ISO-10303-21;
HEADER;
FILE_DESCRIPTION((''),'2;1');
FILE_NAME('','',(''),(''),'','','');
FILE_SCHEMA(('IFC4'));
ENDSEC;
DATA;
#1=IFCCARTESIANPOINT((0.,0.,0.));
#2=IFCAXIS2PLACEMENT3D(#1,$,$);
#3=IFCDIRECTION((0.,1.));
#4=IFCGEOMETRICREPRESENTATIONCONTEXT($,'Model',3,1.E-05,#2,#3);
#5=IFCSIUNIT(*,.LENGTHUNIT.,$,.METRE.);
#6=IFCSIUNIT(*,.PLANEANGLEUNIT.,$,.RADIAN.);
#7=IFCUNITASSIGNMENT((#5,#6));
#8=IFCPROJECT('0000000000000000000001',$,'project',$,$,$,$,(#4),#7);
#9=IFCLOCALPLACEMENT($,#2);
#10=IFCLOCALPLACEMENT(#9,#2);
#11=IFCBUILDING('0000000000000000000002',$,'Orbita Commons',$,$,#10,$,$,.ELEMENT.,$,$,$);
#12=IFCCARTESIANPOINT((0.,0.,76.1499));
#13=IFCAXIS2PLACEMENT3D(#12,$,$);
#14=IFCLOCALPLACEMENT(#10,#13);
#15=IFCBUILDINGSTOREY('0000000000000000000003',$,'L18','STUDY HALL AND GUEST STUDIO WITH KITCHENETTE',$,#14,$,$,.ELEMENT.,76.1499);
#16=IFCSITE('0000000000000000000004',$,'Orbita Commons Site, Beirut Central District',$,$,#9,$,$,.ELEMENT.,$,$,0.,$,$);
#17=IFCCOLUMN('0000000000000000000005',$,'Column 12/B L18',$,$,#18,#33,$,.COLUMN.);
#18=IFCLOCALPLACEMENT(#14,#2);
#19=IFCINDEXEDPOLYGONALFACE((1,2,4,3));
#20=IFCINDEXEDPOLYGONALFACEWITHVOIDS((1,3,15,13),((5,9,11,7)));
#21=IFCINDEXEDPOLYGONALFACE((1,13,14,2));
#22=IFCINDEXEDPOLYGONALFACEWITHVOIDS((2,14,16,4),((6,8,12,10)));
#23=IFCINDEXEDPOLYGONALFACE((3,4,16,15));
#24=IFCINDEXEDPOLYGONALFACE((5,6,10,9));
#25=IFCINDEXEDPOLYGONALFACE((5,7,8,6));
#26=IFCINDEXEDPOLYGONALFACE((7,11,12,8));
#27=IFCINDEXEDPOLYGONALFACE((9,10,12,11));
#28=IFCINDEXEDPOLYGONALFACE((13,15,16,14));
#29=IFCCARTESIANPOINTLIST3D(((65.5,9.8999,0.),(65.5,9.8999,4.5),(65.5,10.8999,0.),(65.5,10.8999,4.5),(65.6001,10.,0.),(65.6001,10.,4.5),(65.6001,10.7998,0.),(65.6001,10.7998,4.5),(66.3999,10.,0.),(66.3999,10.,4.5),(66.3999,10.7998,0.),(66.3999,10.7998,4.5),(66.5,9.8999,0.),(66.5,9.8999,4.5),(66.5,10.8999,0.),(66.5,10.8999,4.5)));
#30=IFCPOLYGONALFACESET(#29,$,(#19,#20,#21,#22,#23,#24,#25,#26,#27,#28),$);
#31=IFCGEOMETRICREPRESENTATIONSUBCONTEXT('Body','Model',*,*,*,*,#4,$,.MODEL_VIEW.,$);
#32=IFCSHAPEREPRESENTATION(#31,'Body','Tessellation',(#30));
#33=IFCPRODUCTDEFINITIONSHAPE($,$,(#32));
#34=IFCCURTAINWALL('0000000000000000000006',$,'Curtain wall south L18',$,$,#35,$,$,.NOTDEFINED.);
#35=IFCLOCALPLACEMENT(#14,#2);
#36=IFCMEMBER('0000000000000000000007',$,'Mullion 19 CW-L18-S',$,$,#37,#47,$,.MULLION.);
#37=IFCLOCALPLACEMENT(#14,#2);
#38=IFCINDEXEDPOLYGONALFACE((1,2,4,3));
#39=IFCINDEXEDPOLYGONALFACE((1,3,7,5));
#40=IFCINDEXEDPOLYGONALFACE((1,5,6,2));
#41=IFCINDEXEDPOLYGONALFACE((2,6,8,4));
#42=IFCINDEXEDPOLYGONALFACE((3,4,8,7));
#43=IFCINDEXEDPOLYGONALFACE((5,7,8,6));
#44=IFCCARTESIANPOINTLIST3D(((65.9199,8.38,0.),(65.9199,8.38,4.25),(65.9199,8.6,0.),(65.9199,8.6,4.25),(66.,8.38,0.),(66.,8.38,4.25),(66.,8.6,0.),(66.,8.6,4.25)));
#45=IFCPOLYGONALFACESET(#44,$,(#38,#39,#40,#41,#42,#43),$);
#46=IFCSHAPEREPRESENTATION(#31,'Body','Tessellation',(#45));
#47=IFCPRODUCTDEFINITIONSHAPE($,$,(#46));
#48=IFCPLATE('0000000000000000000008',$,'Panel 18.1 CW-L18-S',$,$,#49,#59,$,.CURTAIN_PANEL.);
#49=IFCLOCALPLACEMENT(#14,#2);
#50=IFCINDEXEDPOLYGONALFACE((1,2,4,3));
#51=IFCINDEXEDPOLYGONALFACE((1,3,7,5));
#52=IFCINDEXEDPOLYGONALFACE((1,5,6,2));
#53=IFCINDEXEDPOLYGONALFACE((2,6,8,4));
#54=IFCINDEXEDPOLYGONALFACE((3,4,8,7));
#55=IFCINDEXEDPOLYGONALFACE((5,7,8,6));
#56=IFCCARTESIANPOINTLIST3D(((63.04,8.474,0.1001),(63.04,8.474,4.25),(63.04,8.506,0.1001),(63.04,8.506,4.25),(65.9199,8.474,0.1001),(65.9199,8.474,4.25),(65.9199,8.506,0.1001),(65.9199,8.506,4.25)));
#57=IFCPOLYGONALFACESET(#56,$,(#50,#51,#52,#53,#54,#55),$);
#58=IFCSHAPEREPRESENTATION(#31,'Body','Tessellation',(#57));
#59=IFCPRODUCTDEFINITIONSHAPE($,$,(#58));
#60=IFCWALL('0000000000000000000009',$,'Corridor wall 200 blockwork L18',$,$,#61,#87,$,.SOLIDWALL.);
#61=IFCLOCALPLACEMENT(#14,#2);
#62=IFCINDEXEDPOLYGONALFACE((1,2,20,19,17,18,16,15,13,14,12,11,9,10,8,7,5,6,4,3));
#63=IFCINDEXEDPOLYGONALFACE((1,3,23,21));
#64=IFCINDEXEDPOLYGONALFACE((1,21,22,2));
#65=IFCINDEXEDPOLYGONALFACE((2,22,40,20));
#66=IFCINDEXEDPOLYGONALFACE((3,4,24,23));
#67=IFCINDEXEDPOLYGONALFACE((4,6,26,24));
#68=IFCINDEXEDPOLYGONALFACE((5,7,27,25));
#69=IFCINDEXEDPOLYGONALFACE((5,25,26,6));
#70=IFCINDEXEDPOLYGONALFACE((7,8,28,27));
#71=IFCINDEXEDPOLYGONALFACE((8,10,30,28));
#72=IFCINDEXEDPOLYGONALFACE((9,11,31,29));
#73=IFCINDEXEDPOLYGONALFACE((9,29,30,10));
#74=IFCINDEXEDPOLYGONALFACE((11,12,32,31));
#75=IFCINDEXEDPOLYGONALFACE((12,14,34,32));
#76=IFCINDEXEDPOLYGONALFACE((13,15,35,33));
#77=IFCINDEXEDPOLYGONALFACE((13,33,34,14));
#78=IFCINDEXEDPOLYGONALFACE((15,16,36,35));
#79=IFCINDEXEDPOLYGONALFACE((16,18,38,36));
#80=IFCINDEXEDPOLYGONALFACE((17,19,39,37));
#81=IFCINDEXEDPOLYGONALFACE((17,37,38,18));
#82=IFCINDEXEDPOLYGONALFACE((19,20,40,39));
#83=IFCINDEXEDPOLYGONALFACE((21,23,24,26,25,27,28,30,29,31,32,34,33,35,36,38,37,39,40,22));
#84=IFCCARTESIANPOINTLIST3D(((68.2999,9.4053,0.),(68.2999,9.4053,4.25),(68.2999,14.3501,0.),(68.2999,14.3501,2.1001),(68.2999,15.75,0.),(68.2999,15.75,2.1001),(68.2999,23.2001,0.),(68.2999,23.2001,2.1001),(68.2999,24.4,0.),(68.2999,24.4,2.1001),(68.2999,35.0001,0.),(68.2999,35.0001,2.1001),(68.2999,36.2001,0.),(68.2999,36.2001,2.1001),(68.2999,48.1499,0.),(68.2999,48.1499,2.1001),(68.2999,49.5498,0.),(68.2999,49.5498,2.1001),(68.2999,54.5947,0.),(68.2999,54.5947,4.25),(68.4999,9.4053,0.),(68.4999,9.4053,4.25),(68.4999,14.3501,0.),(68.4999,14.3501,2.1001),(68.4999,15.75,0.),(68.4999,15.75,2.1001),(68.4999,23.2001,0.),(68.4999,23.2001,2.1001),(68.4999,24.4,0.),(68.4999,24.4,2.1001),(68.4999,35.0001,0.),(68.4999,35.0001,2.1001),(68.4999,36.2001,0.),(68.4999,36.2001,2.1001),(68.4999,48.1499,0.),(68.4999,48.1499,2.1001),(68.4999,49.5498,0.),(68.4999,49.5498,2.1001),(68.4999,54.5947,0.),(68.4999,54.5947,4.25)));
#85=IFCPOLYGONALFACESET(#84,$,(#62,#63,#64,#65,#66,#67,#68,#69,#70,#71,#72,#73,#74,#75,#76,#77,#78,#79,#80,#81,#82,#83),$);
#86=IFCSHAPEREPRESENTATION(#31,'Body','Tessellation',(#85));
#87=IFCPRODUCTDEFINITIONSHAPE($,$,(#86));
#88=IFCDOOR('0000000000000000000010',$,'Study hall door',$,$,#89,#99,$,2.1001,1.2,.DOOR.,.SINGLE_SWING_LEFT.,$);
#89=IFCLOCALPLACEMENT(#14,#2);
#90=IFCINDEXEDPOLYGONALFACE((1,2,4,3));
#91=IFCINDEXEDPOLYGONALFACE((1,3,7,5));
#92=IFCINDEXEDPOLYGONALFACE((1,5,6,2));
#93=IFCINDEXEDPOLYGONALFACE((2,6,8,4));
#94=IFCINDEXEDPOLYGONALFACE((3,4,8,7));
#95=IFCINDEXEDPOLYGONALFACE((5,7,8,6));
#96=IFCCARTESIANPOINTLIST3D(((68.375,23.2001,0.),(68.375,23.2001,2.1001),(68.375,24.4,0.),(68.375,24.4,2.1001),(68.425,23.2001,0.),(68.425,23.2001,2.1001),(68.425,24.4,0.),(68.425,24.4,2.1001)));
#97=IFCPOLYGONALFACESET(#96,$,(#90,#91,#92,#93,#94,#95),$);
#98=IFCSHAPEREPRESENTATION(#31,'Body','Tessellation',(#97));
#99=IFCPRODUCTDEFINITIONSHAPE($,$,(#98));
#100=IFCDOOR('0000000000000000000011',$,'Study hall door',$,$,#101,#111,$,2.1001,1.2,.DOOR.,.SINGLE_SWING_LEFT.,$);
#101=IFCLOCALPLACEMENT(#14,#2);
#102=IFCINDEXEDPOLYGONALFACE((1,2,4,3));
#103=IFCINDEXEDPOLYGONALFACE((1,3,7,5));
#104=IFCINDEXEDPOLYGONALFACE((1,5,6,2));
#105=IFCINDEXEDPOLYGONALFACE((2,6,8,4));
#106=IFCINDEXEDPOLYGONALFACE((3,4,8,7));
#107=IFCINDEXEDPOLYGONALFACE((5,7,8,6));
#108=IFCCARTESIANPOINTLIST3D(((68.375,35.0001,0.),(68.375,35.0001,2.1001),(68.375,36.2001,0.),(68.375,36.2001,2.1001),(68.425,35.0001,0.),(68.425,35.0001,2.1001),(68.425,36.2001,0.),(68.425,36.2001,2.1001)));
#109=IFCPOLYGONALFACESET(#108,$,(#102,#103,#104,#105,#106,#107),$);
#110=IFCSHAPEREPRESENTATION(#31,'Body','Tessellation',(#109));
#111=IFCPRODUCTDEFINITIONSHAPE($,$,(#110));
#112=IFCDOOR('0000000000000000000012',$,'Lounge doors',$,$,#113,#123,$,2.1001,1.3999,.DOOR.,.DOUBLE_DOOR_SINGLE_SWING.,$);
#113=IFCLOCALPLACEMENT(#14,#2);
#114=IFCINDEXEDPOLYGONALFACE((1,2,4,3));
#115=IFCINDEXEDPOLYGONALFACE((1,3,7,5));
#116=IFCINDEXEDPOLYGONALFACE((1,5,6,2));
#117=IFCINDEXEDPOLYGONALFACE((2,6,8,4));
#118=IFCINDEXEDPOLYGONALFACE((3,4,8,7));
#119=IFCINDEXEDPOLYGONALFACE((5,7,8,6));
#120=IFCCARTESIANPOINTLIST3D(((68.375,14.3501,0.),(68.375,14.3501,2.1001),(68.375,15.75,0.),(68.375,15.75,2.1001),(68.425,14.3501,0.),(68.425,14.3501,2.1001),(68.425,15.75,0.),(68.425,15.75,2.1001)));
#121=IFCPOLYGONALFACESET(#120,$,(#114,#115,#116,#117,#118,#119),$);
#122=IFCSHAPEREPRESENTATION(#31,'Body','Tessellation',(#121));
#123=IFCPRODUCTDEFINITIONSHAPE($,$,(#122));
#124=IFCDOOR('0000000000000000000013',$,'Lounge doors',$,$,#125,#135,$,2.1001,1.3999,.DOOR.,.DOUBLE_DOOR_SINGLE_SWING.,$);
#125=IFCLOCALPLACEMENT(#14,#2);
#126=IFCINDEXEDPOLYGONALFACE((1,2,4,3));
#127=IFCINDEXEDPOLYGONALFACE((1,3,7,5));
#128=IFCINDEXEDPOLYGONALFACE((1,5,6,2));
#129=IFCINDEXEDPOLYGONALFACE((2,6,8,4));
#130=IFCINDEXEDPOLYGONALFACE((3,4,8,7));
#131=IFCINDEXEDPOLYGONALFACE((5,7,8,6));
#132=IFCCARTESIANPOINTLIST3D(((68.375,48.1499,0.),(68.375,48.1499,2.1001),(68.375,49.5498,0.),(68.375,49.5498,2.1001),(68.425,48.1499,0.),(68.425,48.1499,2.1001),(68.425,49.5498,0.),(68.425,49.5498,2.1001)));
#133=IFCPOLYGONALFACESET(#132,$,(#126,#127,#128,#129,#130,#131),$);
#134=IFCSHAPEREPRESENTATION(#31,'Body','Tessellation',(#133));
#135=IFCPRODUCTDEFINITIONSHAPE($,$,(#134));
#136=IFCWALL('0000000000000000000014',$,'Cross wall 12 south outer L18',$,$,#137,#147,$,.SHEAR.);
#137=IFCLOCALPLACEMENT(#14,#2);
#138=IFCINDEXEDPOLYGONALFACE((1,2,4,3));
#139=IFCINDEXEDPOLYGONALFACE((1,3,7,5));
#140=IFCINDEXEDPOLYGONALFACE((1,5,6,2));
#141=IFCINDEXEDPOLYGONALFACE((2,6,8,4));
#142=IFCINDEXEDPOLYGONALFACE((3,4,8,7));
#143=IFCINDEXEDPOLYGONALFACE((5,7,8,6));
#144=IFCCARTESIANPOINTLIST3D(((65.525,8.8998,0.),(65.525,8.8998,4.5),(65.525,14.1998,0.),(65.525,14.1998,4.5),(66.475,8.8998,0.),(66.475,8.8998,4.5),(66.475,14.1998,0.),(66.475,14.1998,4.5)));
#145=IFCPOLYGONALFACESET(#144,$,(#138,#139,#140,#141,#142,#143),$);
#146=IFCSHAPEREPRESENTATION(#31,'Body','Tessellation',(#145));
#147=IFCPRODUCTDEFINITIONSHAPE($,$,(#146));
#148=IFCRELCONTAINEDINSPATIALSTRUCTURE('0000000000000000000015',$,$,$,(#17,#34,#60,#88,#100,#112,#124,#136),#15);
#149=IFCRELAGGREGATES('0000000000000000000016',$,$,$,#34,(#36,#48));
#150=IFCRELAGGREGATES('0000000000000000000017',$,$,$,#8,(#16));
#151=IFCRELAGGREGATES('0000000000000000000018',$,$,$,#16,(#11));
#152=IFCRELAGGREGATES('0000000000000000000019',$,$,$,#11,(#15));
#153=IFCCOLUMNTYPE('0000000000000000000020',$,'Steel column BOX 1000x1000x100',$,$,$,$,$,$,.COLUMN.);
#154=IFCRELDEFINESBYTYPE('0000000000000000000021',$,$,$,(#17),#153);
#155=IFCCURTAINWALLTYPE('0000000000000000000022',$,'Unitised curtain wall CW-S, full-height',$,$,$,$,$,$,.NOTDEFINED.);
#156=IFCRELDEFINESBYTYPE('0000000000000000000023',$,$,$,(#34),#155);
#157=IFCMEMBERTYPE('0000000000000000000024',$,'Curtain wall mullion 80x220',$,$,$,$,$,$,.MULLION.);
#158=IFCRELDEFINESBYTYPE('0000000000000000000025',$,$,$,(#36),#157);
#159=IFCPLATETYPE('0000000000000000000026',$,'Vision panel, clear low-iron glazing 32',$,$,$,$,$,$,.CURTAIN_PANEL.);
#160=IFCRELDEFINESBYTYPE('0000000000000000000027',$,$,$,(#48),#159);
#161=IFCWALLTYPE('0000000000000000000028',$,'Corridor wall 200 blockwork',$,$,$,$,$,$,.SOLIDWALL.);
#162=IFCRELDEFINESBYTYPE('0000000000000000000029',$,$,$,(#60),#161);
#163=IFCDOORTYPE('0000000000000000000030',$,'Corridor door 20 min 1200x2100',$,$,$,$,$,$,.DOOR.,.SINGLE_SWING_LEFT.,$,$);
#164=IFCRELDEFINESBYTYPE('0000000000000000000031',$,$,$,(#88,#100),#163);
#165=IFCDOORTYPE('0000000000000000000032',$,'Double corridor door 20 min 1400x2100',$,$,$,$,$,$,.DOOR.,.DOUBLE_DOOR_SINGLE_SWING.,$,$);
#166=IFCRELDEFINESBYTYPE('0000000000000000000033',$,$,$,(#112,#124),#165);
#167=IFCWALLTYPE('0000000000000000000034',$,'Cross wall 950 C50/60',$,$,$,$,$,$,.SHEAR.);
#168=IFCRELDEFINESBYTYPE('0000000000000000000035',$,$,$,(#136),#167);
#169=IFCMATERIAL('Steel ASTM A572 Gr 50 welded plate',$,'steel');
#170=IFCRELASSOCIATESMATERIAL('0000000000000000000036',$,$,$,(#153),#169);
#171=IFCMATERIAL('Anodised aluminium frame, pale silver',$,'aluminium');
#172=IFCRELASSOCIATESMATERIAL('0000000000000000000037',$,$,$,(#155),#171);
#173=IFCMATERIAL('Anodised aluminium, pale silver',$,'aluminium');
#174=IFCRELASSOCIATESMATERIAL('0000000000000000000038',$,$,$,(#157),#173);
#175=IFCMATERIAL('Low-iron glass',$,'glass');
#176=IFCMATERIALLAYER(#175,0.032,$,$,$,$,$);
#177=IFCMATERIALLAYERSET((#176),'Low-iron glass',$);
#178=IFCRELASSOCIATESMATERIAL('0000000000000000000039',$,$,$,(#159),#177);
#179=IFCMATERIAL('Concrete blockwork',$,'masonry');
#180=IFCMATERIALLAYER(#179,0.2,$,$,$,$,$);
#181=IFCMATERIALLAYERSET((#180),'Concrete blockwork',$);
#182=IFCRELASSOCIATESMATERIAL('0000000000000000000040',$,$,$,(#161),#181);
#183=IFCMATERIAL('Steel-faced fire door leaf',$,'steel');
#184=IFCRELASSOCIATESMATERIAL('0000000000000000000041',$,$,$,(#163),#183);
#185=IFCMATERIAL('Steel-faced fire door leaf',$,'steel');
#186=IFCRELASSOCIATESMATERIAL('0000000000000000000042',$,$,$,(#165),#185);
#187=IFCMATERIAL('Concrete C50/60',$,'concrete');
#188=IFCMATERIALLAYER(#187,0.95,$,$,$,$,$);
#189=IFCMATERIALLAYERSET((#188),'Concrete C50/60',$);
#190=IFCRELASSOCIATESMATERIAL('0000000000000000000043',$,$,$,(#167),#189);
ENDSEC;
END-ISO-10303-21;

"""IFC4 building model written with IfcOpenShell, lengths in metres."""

from ifc_helpers import new_model, si_unit, direction, frame, frame_2d, origin, origin_2d, place, context, subcontext, project, spatial, rectangle, hollow_rectangle, extrude, material, layer, layer_set, material_profile, profile_set, type_object, element, fill, aggregate, save


model = new_model("IFC4")

# Units and contexts
model_context = context("Model", 3, precision=1e-05, world=origin(), true_north=direction((0.0, 1.0)))
body_context = subcontext(model_context, "Body", "Model", "MODEL_VIEW")
ifc_project = project(units=[si_unit("LENGTHUNIT", "METRE"), si_unit("PLANEANGLEUNIT", "RADIAN")], contexts=[model_context])

# Site, building, storey
site_placement = place(None, origin())
site = spatial("IfcSite", under=ifc_project, at=site_placement, Name="Orbita Commons Site, Beirut Central District", CompositionType="ELEMENT", RefElevation=0.0)
building_placement = place(site_placement, origin())
building = spatial("IfcBuilding", under=site, at=building_placement, Name="Orbita Commons", CompositionType="ELEMENT")
storey_placement = place(building_placement, frame((0.0, 0.0, 76.1499)))
storey = spatial("IfcBuildingStorey", under=building, at=storey_placement, Name="L18", Description="STUDY HALL AND GUEST STUDIO WITH KITCHENETTE", CompositionType="ELEMENT", Elevation=76.1499)

# Column
ifc_material_1 = material(Name="Steel ASTM A572 Gr 50 welded plate", Category="steel")
ifc_material_profile_1 = material_profile(ifc_material_1, hollow_rectangle(XDim=1.0, YDim=1.0, WallThickness=0.1001, at=origin_2d()), Name="BOX 1000x1000x100")
ifc_profile_set_1 = profile_set([ifc_material_profile_1], Name="Steel ASTM A572 Gr 50 welded plate")
column_type = type_object("IfcColumnType", Name="Steel column BOX 1000x1000x100", PredefinedType="COLUMN", material=ifc_profile_set_1)
column_placement = place(storey_placement, frame((66.0, 10.3999, 0.0), z_axis=(0.0, 0.0, 1.0), x_axis=(1.0, 0.0, 0.0)))
element("IfcColumn", 1, at=column_placement, inside=storey, type_object=column_type, Name="Column 12/B L18", PredefinedType="COLUMN", context=body_context, shape_type="SweptSolid", body=[
    extrude(hollow_rectangle(XDim=1.0, YDim=1.0, WallThickness=0.1001, at=origin_2d()), origin(), (0.0, 0.0, 1.0), 4.5),
])

# Curtain wall, member, plate
ifc_material_2 = material(Name="Anodised aluminium frame, pale silver", Category="aluminium")
curtain_wall_type = type_object("IfcCurtainWallType", Name="Unitised curtain wall CW-S, full-height", PredefinedType="NOTDEFINED", material=ifc_material_2)
curtain_wall_placement = place(storey_placement, origin())
curtain_wall = element("IfcCurtainWall", 2, at=curtain_wall_placement, inside=storey, type_object=curtain_wall_type, Name="Curtain wall south L18", PredefinedType="NOTDEFINED")
ifc_material_3 = material(Name="Anodised aluminium, pale silver", Category="aluminium")
ifc_material_profile_2 = material_profile(ifc_material_3, rectangle(XDim=0.0801, YDim=0.22, at=origin_2d()), Name="AL 80x220")
ifc_profile_set_2 = profile_set([ifc_material_profile_2], Name="Anodised aluminium, pale silver")
member_type = type_object("IfcMemberType", Name="Curtain wall mullion 80x220", PredefinedType="MULLION", material=ifc_profile_set_2)
member_placement = place(storey_placement, frame((65.96, 8.49, 0.0), z_axis=(0.0, 0.0, 1.0), x_axis=(1.0, 0.0, 0.0)))
member = element("IfcMember", 3, at=member_placement, type_object=member_type, Name="Mullion 19 CW-L18-S", PredefinedType="MULLION", context=body_context, shape_type="SweptSolid", body=[
    extrude(rectangle(XDim=0.0801, YDim=0.22, at=origin_2d()), origin(), (0.0, 0.0, 1.0), 4.25),
])
ifc_material_4 = material(Name="Low-iron glass", Category="glass")
ifc_layer_1 = layer(ifc_material_4, 0.032)
ifc_layer_set_1 = layer_set([ifc_layer_1], Name="Low-iron glass")
plate_type = type_object("IfcPlateType", Name="Vision panel, clear low-iron glazing 32", PredefinedType="CURTAIN_PANEL", material=ifc_layer_set_1)
plate_placement = place(storey_placement, frame((64.48, 8.49, 0.1001), z_axis=(0.0, 0.0, 1.0), x_axis=(1.0, 0.0, 0.0)))
plate = element("IfcPlate", 4, at=plate_placement, type_object=plate_type, Name="Panel 18.1 CW-L18-S", PredefinedType="CURTAIN_PANEL", context=body_context, shape_type="SweptSolid", body=[
    extrude(rectangle(XDim=2.8799, YDim=0.032, at=origin_2d()), origin(), (0.0, 0.0, 1.0), 4.1499),
])
aggregate(curtain_wall, [member, plate])

# Wall, openings, doors
ifc_material_5 = material(Name="Concrete blockwork", Category="masonry")
ifc_layer_2 = layer(ifc_material_5, 0.2)
ifc_layer_set_2 = layer_set([ifc_layer_2], Name="Concrete blockwork")
wall_type_1 = type_object("IfcWallType", Name="Corridor wall 200 blockwork", PredefinedType="SOLIDWALL", material=ifc_layer_set_2)
wall_1_placement = place(storey_placement, frame((68.3999, 9.4053, 0.0), z_axis=(0.0, 0.0, 1.0), x_axis=(0.0, 1.0, 0.0)))
wall_1 = element("IfcWall", 5, at=wall_1_placement, inside=storey, type_object=wall_type_1, Name="Corridor wall 200 blockwork L18", PredefinedType="SOLIDWALL", context=body_context, shape_type="SweptSolid", body=[
    extrude(rectangle(XDim=45.1895, YDim=0.2, at=frame_2d((22.5947, 0.0))), origin(), (0.0, 0.0, 1.0), 4.25),
])
opening_1_placement = place(wall_1_placement, frame((13.7947, 0.0, 0.0)))
opening_1 = element("IfcOpeningElement", 6, at=opening_1_placement, cuts=wall_1, PredefinedType="OPENING", context=body_context, shape_type="SweptSolid", body=[
    extrude(rectangle(XDim=1.2, YDim=2.1001, at=frame_2d((0.6001, 1.05))), frame((0.0, 0.1099, 0.0), z_axis=(0.0, -1.0, 0.0), x_axis=(1.0, 0.0, 0.0)), (0.0, 0.0, 1.0), 0.22),
])
opening_2_placement = place(wall_1_placement, frame((25.5947, 0.0, 0.0)))
opening_2 = element("IfcOpeningElement", 7, at=opening_2_placement, cuts=wall_1, PredefinedType="OPENING", context=body_context, shape_type="SweptSolid", body=[
    extrude(rectangle(XDim=1.2, YDim=2.1001, at=frame_2d((0.6001, 1.05))), frame((0.0, 0.1099, 0.0), z_axis=(0.0, -1.0, 0.0), x_axis=(1.0, 0.0, 0.0)), (0.0, 0.0, 1.0), 0.22),
])
opening_3_placement = place(wall_1_placement, frame((4.9448, 0.0, 0.0)))
opening_3 = element("IfcOpeningElement", 8, at=opening_3_placement, cuts=wall_1, PredefinedType="OPENING", context=body_context, shape_type="SweptSolid", body=[
    extrude(rectangle(XDim=1.3999, YDim=2.1001, at=frame_2d((0.7, 1.05))), frame((0.0, 0.1099, 0.0), z_axis=(0.0, -1.0, 0.0), x_axis=(1.0, 0.0, 0.0)), (0.0, 0.0, 1.0), 0.22),
])
opening_4_placement = place(wall_1_placement, frame((38.7446, 0.0, 0.0)))
opening_4 = element("IfcOpeningElement", 9, at=opening_4_placement, cuts=wall_1, PredefinedType="OPENING", context=body_context, shape_type="SweptSolid", body=[
    extrude(rectangle(XDim=1.3999, YDim=2.1001, at=frame_2d((0.7, 1.05))), frame((0.0, 0.1099, 0.0), z_axis=(0.0, -1.0, 0.0), x_axis=(1.0, 0.0, 0.0)), (0.0, 0.0, 1.0), 0.22),
])
ifc_material_6 = material(Name="Steel-faced fire door leaf", Category="steel")
door_type_1 = type_object("IfcDoorType", Name="Corridor door 20 min 1200x2100", OperationType="SINGLE_SWING_LEFT", PredefinedType="DOOR", material=ifc_material_6)
door_1_placement = place(opening_1_placement, origin())
door_1 = element("IfcDoor", 10, at=door_1_placement, inside=storey, type_object=door_type_1, Name="Study hall door", OperationType="SINGLE_SWING_LEFT", OverallHeight=2.1001, OverallWidth=1.2, PredefinedType="DOOR", context=body_context, shape_type="SweptSolid", body=[
    extrude(rectangle(XDim=1.2, YDim=2.1001, at=frame_2d((0.6001, 1.05))), frame((0.0, 0.0249, 0.0), z_axis=(0.0, -1.0, 0.0), x_axis=(1.0, 0.0, 0.0)), (0.0, 0.0, 1.0), 0.05),
])
fill(opening_1, door_1)
door_2_placement = place(opening_2_placement, origin())
door_2 = element("IfcDoor", 11, at=door_2_placement, inside=storey, type_object=door_type_1, Name="Study hall door", OperationType="SINGLE_SWING_LEFT", OverallHeight=2.1001, OverallWidth=1.2, PredefinedType="DOOR", context=body_context, shape_type="SweptSolid", body=[
    extrude(rectangle(XDim=1.2, YDim=2.1001, at=frame_2d((0.6001, 1.05))), frame((0.0, 0.0249, 0.0), z_axis=(0.0, -1.0, 0.0), x_axis=(1.0, 0.0, 0.0)), (0.0, 0.0, 1.0), 0.05),
])
fill(opening_2, door_2)
ifc_material_7 = material(Name="Steel-faced fire door leaf", Category="steel")
door_type_2 = type_object("IfcDoorType", Name="Double corridor door 20 min 1400x2100", OperationType="DOUBLE_DOOR_SINGLE_SWING", PredefinedType="DOOR", material=ifc_material_7)
door_3_placement = place(opening_3_placement, origin())
door_3 = element("IfcDoor", 12, at=door_3_placement, inside=storey, type_object=door_type_2, Name="Lounge doors", OperationType="DOUBLE_DOOR_SINGLE_SWING", OverallHeight=2.1001, OverallWidth=1.3999, PredefinedType="DOOR", context=body_context, shape_type="SweptSolid", body=[
    extrude(rectangle(XDim=1.3999, YDim=2.1001, at=frame_2d((0.7, 1.05))), frame((0.0, 0.0249, 0.0), z_axis=(0.0, -1.0, 0.0), x_axis=(1.0, 0.0, 0.0)), (0.0, 0.0, 1.0), 0.05),
])
fill(opening_3, door_3)
door_4_placement = place(opening_4_placement, origin())
door_4 = element("IfcDoor", 13, at=door_4_placement, inside=storey, type_object=door_type_2, Name="Lounge doors", OperationType="DOUBLE_DOOR_SINGLE_SWING", OverallHeight=2.1001, OverallWidth=1.3999, PredefinedType="DOOR", context=body_context, shape_type="SweptSolid", body=[
    extrude(rectangle(XDim=1.3999, YDim=2.1001, at=frame_2d((0.7, 1.05))), frame((0.0, 0.0249, 0.0), z_axis=(0.0, -1.0, 0.0), x_axis=(1.0, 0.0, 0.0)), (0.0, 0.0, 1.0), 0.05),
])
fill(opening_4, door_4)

# Wall
ifc_material_8 = material(Name="Concrete C50/60", Category="concrete")
ifc_layer_3 = layer(ifc_material_8, 0.95)
ifc_layer_set_3 = layer_set([ifc_layer_3], Name="Concrete C50/60")
wall_type_2 = type_object("IfcWallType", Name="Cross wall 950 C50/60", PredefinedType="SHEAR", material=ifc_layer_set_3)
wall_2_placement = place(storey_placement, frame((66.0, 8.8999, 0.0), z_axis=(0.0, 0.0, 1.0), x_axis=(0.0, 1.0, 0.0)))
element("IfcWall", 14, at=wall_2_placement, inside=storey, type_object=wall_type_2, Name="Cross wall 12 south outer L18", PredefinedType="SHEAR", context=body_context, shape_type="SweptSolid", body=[
    extrude(rectangle(XDim=5.3, YDim=0.95, at=frame_2d((2.6499, 0.0))), origin(), (0.0, 0.0, 1.0), 4.5),
])

save(model, "model.ifc")
